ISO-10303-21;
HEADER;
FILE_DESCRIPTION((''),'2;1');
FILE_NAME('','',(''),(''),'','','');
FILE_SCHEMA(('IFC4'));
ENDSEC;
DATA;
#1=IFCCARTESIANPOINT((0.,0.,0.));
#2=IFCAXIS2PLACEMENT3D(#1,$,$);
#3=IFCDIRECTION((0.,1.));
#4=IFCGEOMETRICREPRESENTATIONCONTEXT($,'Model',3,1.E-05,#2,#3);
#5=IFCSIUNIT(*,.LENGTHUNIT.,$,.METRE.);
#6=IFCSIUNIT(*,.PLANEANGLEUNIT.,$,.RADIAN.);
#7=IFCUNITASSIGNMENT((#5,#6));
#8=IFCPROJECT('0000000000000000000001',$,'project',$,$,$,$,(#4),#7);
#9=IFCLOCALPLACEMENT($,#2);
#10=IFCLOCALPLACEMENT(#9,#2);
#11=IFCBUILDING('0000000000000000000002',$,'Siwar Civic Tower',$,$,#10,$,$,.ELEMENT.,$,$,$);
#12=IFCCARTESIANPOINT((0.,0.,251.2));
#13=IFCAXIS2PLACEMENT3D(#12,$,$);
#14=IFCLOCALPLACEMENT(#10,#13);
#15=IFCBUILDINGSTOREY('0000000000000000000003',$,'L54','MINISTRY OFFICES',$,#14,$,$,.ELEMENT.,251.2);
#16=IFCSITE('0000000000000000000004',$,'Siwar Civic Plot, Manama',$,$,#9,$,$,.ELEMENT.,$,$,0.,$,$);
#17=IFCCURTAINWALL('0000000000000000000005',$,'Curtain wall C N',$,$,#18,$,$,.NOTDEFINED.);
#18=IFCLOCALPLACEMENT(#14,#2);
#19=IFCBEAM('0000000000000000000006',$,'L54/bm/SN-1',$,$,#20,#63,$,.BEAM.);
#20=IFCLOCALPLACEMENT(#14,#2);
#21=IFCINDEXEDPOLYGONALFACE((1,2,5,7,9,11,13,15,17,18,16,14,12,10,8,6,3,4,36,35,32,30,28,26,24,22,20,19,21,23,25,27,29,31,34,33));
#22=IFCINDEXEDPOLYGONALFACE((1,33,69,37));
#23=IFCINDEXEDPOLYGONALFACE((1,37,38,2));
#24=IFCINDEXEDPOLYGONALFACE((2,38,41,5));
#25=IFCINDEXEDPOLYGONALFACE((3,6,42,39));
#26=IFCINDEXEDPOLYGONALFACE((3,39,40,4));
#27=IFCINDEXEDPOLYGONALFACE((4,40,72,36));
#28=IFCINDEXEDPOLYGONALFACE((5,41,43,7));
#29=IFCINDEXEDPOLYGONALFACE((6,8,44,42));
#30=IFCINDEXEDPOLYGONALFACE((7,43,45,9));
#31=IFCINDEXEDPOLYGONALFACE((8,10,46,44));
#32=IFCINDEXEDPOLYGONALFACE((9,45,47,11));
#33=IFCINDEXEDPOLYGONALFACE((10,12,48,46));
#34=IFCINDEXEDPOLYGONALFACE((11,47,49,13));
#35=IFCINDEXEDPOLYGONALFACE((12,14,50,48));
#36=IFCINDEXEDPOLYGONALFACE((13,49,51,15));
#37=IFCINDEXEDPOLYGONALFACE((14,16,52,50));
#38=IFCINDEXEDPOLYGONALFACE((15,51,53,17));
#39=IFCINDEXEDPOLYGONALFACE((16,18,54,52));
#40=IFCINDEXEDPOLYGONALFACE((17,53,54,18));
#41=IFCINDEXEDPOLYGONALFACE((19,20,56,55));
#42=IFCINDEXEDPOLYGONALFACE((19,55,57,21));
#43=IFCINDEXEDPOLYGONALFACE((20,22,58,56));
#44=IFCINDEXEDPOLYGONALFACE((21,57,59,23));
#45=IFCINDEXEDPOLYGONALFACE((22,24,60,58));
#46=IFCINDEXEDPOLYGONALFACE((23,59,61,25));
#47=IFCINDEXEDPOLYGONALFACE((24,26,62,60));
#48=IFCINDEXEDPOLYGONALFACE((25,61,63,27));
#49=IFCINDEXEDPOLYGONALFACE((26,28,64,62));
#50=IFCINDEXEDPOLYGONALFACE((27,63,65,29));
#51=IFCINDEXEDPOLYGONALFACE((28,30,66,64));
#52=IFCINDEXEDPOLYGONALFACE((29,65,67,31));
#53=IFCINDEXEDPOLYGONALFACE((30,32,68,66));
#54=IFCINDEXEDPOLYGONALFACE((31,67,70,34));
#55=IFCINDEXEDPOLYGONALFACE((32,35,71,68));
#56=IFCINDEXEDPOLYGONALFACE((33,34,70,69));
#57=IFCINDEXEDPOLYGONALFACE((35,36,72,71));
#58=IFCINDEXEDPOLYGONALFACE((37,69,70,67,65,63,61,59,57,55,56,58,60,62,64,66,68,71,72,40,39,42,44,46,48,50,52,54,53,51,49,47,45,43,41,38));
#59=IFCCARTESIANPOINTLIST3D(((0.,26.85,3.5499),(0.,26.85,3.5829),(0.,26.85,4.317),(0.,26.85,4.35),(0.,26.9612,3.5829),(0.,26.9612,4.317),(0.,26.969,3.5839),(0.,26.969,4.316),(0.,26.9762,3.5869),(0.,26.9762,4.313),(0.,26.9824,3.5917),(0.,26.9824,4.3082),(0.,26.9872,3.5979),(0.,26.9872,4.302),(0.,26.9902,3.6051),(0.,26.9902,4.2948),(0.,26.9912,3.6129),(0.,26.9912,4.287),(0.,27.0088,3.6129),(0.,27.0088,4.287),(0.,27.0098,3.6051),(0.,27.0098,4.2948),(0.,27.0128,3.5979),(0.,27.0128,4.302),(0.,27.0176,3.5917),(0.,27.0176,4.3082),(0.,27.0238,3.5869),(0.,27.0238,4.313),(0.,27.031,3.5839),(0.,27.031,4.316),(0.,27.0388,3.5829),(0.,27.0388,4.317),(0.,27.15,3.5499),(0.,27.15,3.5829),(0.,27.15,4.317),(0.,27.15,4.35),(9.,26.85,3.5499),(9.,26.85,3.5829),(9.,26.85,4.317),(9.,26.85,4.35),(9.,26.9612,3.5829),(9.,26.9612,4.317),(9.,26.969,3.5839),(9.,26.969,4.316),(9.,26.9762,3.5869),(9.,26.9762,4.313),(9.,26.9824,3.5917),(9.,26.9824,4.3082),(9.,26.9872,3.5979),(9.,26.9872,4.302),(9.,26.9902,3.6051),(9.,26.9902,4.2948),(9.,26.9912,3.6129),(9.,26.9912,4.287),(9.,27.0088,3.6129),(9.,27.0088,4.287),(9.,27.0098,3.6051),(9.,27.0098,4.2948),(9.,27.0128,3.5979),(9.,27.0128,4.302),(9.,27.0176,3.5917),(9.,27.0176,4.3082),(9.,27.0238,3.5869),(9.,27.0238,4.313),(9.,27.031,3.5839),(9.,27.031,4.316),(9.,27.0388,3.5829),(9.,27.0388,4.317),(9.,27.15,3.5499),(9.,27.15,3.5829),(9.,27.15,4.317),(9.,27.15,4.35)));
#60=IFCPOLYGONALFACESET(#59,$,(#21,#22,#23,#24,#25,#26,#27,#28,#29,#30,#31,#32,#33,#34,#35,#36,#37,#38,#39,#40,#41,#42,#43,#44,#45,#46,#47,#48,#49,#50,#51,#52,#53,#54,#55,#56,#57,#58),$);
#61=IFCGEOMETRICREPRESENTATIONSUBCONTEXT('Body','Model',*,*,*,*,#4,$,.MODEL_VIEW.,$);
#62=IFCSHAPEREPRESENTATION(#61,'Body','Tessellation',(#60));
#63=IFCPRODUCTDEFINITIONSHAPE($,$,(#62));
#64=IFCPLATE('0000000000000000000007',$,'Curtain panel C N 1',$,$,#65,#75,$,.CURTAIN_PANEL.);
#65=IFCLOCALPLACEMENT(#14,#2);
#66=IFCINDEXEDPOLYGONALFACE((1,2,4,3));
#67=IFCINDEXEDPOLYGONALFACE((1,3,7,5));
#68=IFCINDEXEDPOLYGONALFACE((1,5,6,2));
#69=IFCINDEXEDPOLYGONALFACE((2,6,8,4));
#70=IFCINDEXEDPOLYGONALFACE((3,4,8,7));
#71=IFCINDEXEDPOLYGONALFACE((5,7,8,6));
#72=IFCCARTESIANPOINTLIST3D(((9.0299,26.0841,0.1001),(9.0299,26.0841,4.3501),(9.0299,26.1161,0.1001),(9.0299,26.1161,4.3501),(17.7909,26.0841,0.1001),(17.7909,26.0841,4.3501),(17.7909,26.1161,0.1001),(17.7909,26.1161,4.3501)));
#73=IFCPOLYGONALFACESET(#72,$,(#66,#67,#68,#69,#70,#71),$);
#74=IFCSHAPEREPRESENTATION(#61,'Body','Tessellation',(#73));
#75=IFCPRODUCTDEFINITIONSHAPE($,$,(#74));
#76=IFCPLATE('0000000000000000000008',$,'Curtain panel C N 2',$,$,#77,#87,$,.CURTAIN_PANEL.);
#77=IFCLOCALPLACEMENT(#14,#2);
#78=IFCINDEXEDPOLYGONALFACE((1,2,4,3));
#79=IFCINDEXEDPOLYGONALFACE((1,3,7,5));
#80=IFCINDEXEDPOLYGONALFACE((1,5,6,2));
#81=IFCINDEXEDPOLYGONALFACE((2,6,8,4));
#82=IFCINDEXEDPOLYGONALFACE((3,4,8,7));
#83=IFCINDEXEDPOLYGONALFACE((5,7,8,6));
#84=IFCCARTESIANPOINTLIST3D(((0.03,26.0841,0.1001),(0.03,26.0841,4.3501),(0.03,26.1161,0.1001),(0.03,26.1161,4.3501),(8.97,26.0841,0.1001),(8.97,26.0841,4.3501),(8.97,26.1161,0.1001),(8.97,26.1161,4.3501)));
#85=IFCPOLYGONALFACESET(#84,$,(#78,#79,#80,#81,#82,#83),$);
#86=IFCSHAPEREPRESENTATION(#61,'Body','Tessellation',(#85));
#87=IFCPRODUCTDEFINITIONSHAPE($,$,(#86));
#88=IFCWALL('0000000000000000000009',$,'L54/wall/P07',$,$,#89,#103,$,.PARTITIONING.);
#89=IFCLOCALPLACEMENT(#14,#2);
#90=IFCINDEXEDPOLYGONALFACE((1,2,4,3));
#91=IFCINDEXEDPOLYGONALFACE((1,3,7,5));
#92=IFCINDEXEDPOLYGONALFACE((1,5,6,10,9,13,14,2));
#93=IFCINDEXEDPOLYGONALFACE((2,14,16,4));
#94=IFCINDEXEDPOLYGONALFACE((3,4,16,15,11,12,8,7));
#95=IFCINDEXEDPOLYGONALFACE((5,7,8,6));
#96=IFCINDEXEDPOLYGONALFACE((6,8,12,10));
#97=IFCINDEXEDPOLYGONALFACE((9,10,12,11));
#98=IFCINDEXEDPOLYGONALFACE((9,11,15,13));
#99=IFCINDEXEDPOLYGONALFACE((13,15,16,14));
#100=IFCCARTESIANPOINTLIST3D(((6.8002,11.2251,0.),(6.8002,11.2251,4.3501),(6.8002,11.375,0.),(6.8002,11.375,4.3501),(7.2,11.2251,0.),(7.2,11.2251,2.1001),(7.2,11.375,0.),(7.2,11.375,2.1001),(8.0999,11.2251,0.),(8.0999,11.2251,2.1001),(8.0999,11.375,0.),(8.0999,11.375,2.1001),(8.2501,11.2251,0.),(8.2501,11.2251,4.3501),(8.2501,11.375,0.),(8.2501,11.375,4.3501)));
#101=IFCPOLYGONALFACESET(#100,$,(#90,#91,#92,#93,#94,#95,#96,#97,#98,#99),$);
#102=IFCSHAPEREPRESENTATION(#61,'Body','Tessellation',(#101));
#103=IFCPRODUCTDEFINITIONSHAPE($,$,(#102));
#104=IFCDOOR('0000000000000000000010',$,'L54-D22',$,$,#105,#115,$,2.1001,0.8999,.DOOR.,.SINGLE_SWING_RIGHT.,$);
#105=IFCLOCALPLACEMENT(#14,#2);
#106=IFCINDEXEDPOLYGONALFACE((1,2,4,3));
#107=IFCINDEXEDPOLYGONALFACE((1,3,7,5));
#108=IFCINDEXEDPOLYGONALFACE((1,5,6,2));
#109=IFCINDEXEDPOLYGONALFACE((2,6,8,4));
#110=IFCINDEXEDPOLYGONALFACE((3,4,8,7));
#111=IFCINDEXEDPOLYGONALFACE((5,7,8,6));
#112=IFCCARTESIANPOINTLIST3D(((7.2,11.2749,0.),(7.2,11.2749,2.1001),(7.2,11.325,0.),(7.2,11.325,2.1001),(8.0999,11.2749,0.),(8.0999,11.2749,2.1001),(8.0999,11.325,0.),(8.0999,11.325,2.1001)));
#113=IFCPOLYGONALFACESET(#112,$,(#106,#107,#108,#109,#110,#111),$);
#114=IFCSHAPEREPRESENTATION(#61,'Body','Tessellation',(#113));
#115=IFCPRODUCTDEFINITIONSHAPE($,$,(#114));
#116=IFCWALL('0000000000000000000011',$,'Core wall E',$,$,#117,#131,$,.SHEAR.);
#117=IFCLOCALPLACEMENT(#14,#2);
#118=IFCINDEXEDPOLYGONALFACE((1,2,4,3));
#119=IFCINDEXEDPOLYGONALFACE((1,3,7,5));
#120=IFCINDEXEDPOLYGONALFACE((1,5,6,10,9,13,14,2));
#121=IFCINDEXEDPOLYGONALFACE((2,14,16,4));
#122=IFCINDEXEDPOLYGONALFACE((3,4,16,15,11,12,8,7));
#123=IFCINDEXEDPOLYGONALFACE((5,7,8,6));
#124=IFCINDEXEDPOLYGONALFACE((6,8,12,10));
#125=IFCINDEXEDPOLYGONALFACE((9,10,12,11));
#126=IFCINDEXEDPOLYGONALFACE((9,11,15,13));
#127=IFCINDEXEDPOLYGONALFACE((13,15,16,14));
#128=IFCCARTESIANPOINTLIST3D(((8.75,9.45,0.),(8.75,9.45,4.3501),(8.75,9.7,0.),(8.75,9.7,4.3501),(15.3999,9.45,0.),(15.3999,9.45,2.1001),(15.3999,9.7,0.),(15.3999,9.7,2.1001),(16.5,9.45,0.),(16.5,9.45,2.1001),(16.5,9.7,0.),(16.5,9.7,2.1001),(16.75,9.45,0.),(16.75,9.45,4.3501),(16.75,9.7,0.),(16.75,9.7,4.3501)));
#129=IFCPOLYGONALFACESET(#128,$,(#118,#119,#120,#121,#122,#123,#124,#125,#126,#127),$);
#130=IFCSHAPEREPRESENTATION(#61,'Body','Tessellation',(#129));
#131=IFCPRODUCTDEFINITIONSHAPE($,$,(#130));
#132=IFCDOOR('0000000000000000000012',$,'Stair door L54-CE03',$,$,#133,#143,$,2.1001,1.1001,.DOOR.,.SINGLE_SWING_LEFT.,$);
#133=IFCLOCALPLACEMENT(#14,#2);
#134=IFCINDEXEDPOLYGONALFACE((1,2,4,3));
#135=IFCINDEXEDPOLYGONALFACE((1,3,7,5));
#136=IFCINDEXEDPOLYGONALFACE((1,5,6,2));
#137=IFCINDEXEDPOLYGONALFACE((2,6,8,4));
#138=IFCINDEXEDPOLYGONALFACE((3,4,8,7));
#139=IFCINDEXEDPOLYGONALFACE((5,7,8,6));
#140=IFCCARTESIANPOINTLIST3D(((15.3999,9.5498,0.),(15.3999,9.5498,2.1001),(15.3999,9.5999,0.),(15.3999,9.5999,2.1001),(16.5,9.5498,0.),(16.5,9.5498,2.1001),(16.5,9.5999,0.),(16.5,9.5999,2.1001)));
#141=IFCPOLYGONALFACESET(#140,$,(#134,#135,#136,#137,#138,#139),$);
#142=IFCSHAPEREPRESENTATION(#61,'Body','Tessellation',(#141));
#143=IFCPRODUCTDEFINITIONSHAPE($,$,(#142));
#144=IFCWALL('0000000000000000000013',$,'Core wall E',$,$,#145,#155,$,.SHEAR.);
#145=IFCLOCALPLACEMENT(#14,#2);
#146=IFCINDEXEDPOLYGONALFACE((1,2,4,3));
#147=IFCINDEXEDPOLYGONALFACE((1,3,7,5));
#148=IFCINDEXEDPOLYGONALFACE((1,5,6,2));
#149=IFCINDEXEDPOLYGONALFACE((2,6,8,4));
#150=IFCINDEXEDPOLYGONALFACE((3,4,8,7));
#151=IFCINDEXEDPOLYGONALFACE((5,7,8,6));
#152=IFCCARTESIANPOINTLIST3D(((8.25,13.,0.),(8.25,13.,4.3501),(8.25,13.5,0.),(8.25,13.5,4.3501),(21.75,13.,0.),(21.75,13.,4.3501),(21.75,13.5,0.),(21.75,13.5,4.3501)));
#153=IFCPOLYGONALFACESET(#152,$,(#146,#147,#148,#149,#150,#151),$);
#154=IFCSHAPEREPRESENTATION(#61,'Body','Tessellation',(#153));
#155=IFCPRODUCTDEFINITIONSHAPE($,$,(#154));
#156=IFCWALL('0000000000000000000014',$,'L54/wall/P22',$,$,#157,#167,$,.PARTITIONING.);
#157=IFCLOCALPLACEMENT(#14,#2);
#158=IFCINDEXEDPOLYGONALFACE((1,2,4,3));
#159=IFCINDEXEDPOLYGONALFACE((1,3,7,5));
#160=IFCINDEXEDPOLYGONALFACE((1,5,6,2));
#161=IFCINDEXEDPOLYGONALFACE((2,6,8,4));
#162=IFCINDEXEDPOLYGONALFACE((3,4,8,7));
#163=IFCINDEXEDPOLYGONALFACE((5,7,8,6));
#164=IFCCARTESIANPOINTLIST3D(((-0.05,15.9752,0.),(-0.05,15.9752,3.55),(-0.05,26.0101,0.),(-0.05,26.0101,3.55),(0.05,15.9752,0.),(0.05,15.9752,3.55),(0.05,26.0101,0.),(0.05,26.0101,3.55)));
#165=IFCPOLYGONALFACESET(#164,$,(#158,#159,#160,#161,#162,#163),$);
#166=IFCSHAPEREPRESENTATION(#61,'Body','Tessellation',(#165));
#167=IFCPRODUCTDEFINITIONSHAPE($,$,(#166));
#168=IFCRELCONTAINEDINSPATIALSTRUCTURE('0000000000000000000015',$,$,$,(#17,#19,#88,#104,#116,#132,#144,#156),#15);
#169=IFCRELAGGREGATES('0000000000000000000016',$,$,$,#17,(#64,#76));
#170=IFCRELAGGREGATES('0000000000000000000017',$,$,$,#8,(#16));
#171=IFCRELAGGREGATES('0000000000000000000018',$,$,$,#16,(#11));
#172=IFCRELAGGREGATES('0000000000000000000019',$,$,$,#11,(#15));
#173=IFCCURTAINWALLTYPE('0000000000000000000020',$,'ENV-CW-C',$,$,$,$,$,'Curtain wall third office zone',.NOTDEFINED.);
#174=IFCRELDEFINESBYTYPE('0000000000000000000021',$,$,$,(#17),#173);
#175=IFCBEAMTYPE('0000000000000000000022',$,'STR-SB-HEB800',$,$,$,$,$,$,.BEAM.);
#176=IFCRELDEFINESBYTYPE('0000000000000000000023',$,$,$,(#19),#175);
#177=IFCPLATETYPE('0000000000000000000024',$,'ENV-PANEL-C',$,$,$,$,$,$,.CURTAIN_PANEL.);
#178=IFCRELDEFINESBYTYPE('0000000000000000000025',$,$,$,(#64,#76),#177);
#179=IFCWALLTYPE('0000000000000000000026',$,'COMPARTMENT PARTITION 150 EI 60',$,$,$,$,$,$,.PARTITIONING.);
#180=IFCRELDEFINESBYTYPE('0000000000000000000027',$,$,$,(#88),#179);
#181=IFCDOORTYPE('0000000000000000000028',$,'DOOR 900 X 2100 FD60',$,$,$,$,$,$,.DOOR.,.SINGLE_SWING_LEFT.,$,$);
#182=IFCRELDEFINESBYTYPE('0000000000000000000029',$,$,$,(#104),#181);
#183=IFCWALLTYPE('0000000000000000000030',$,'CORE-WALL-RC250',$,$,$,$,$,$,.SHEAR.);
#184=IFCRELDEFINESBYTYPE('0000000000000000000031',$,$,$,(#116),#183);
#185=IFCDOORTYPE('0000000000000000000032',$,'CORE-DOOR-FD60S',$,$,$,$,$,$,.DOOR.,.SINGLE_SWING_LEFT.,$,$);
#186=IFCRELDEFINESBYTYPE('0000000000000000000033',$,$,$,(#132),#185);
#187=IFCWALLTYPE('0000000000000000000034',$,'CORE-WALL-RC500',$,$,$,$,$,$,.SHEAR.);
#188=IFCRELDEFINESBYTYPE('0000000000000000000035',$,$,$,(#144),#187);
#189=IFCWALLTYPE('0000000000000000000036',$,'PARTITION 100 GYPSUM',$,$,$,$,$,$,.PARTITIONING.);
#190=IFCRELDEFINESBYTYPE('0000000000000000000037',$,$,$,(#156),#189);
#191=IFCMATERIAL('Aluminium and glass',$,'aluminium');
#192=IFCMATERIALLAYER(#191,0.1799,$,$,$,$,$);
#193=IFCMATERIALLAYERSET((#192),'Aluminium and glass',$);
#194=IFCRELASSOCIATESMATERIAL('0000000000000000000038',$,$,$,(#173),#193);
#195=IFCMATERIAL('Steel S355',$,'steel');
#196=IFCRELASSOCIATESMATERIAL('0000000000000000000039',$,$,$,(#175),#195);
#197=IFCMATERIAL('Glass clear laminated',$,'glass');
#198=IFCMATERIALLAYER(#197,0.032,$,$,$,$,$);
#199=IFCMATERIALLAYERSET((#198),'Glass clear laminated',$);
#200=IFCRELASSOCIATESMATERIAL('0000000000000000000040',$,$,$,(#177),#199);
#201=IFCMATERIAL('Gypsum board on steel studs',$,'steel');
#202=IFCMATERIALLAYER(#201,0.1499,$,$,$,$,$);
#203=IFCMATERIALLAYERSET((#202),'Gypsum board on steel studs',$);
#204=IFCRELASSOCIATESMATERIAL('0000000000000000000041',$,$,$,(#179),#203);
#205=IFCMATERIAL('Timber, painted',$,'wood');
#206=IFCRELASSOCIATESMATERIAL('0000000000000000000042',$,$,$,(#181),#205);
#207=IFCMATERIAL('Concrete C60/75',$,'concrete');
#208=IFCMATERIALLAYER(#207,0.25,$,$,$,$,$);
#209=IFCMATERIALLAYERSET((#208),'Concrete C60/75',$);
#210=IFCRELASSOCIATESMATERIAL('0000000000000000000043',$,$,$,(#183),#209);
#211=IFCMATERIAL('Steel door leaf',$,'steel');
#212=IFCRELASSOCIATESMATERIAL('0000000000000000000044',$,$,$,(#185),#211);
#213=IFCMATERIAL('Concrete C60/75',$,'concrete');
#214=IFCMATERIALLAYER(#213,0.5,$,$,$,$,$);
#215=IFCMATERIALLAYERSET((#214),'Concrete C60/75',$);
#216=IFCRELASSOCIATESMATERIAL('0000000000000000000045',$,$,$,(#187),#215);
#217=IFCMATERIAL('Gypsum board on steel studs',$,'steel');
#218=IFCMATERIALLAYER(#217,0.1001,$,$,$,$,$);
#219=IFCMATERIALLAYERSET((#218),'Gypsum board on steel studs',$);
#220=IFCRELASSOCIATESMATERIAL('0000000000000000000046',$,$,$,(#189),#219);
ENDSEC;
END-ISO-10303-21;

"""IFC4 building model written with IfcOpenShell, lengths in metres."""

from ifc_helpers import new_model, si_unit, direction, frame, frame_2d, origin, origin_2d, place, context, subcontext, project, spatial, rectangle, i_section, extrude, material, layer, layer_set, material_profile, profile_set, type_object, element, fill, aggregate, save


model = new_model("IFC4")

# Units and contexts
model_context = context("Model", 3, precision=1e-05, world=origin(), true_north=direction((0.0, 1.0)))
body_context = subcontext(model_context, "Body", "Model", "MODEL_VIEW")
ifc_project = project(units=[si_unit("LENGTHUNIT", "METRE"), si_unit("PLANEANGLEUNIT", "RADIAN")], contexts=[model_context])

# Site, building, storey
site_placement = place(None, origin())
site = spatial("IfcSite", under=ifc_project, at=site_placement, Name="Siwar Civic Plot, Manama", CompositionType="ELEMENT", RefElevation=0.0)
building_placement = place(site_placement, origin())
building = spatial("IfcBuilding", under=site, at=building_placement, Name="Siwar Civic Tower", CompositionType="ELEMENT")
storey_placement = place(building_placement, frame((0.0, 0.0, 251.2)))
storey = spatial("IfcBuildingStorey", under=building, at=storey_placement, Name="L54", Description="MINISTRY OFFICES", CompositionType="ELEMENT", Elevation=251.2)

# Curtain wall
ifc_material_1 = material(Name="Aluminium and glass", Category="aluminium")
ifc_layer_1 = layer(ifc_material_1, 0.1799)
ifc_layer_set_1 = layer_set([ifc_layer_1], Name="Aluminium and glass")
curtain_wall_type = type_object("IfcCurtainWallType", Name="ENV-CW-C", ElementType="Curtain wall third office zone", PredefinedType="NOTDEFINED", material=ifc_layer_set_1)
curtain_wall_placement = place(storey_placement, origin())
curtain_wall = element("IfcCurtainWall", 1, at=curtain_wall_placement, inside=storey, type_object=curtain_wall_type, Name="Curtain wall C N", PredefinedType="NOTDEFINED")

# Beam
ifc_material_2 = material(Name="Steel S355", Category="steel")
ifc_material_profile_1 = material_profile(ifc_material_2, i_section(OverallWidth=0.3, OverallDepth=0.8, WebThickness=0.0176, FlangeThickness=0.033, FilletRadius=0.03, at=origin_2d()), Name="HEB800")
ifc_profile_set_1 = profile_set([ifc_material_profile_1], Name="Steel S355")
beam_type_1 = type_object("IfcBeamType", Name="STR-SB-HEB800", PredefinedType="BEAM", material=ifc_profile_set_1)
beam_1_placement = place(storey_placement, frame((9.0, 27.0, 3.95), z_axis=(-1.0, 0.0, 0.0), x_axis=(0.0, -1.0, 0.0)))
element("IfcBeam", 2, at=beam_1_placement, inside=storey, type_object=beam_type_1, Name="L54/bm/SN-1", PredefinedType="BEAM", context=body_context, shape_type="SweptSolid", body=[
    extrude(i_section(OverallWidth=0.3, OverallDepth=0.8, WebThickness=0.0176, FlangeThickness=0.033, FilletRadius=0.03, at=origin_2d()), origin(), (0.0, 0.0, 1.0), 9.0),
])

# Plates
ifc_material_3 = material(Name="Glass clear laminated", Category="glass")
ifc_layer_2 = layer(ifc_material_3, 0.032)
ifc_layer_set_2 = layer_set([ifc_layer_2], Name="Glass clear laminated")
plate_type = type_object("IfcPlateType", Name="ENV-PANEL-C", PredefinedType="CURTAIN_PANEL", material=ifc_layer_set_2)
plate_1_placement = place(storey_placement, frame((13.4104, 26.1001, 0.1001), z_axis=(0.0, 0.0, 1.0), x_axis=(-1.0, 0.0, 0.0)))
plate_1 = element("IfcPlate", 3, at=plate_1_placement, type_object=plate_type, Name="Curtain panel C N 1", PredefinedType="CURTAIN_PANEL", context=body_context, shape_type="SweptSolid", body=[
    extrude(rectangle(XDim=8.761, YDim=0.032, at=origin_2d()), origin(), (0.0, 0.0, 1.0), 4.25),
])
plate_2_placement = place(storey_placement, frame((4.5, 26.1001, 0.1001), z_axis=(0.0, 0.0, 1.0), x_axis=(-1.0, 0.0, 0.0)))
plate_2 = element("IfcPlate", 4, at=plate_2_placement, type_object=plate_type, Name="Curtain panel C N 2", PredefinedType="CURTAIN_PANEL", context=body_context, shape_type="SweptSolid", body=[
    extrude(rectangle(XDim=8.9399, YDim=0.032, at=origin_2d()), origin(), (0.0, 0.0, 1.0), 4.25),
])
aggregate(curtain_wall, [plate_1, plate_2])

# Walls, openings, doors
ifc_material_4 = material(Name="Gypsum board on steel studs", Category="steel")
ifc_layer_3 = layer(ifc_material_4, 0.1499)
ifc_layer_set_3 = layer_set([ifc_layer_3], Name="Gypsum board on steel studs")
wall_type_1 = type_object("IfcWallType", Name="COMPARTMENT PARTITION 150 EI 60", PredefinedType="PARTITIONING", material=ifc_layer_set_3)
wall_1_placement = place(storey_placement, frame((6.8, 11.3, 0.0), z_axis=(0.0, 0.0, 1.0), x_axis=(1.0, 0.0, 0.0)))
wall_1 = element("IfcWall", 5, at=wall_1_placement, inside=storey, type_object=wall_type_1, Name="L54/wall/P07", PredefinedType="PARTITIONING", context=body_context, shape_type="SweptSolid", body=[
    extrude(rectangle(XDim=1.45, YDim=0.1499, at=frame_2d((0.7251, 0.0))), origin(), (0.0, 0.0, 1.0), 4.3501),
])
opening_1_placement = place(wall_1_placement, frame((0.3999, 0.0, 0.0)))
opening_1 = element("IfcOpeningElement", 6, at=opening_1_placement, cuts=wall_1, PredefinedType="OPENING", context=body_context, shape_type="SweptSolid", body=[
    extrude(rectangle(XDim=0.8999, YDim=2.1001, at=frame_2d((0.45, 1.05))), frame((0.0, 0.085, 0.0), z_axis=(0.0, -1.0, 0.0), x_axis=(1.0, 0.0, 0.0)), (0.0, 0.0, 1.0), 0.1699),
])
ifc_material_5 = material(Name="Timber, painted", Category="wood")
door_type_1 = type_object("IfcDoorType", Name="DOOR 900 X 2100 FD60", OperationType="SINGLE_SWING_LEFT", PredefinedType="DOOR", material=ifc_material_5)
door_1_placement = place(opening_1_placement, origin())
door_1 = element("IfcDoor", 7, at=door_1_placement, inside=storey, type_object=door_type_1, Name="L54-D22", OperationType="SINGLE_SWING_RIGHT", OverallHeight=2.1001, OverallWidth=0.8999, PredefinedType="DOOR", context=body_context, shape_type="SweptSolid", body=[
    extrude(rectangle(XDim=0.8999, YDim=2.1001, at=frame_2d((0.45, 1.05))), frame((0.0, 0.0249, 0.0), z_axis=(0.0, -1.0, 0.0), x_axis=(1.0, 0.0, 0.0)), (0.0, 0.0, 1.0), 0.05),
])
fill(opening_1, door_1)
ifc_material_6 = material(Name="Concrete C60/75", Category="concrete")
ifc_layer_4 = layer(ifc_material_6, 0.25)
ifc_layer_set_4 = layer_set([ifc_layer_4], Name="Concrete C60/75")
wall_type_2 = type_object("IfcWallType", Name="CORE-WALL-RC250", PredefinedType="SHEAR", material=ifc_layer_set_4)
wall_2_placement = place(storey_placement, frame((8.75, 9.575, 0.0), z_axis=(0.0, 0.0, 1.0), x_axis=(1.0, 0.0, 0.0)))
wall_2 = element("IfcWall", 8, at=wall_2_placement, inside=storey, type_object=wall_type_2, Name="Core wall E", PredefinedType="SHEAR", context=body_context, shape_type="SweptSolid", body=[
    extrude(rectangle(XDim=8.0, YDim=0.25, at=frame_2d((4.0, 0.0))), origin(), (0.0, 0.0, 1.0), 4.3501),
])
opening_2_placement = place(wall_2_placement, frame((6.6499, 0.0, 0.0)))
opening_2 = element("IfcOpeningElement", 9, at=opening_2_placement, cuts=wall_2, PredefinedType="OPENING", context=body_context, shape_type="SweptSolid", body=[
    extrude(rectangle(XDim=1.1001, YDim=2.1001, at=frame_2d((0.55, 1.05))), frame((0.0, 0.135, 0.0), z_axis=(0.0, -1.0, 0.0), x_axis=(1.0, 0.0, 0.0)), (0.0, 0.0, 1.0), 0.27),
])
ifc_material_7 = material(Name="Steel door leaf", Category="steel")
door_type_2 = type_object("IfcDoorType", Name="CORE-DOOR-FD60S", OperationType="SINGLE_SWING_LEFT", PredefinedType="DOOR", material=ifc_material_7)
door_2_placement = place(opening_2_placement, origin())
door_2 = element("IfcDoor", 10, at=door_2_placement, inside=storey, type_object=door_type_2, Name="Stair door L54-CE03", OperationType="SINGLE_SWING_LEFT", OverallHeight=2.1001, OverallWidth=1.1001, PredefinedType="DOOR", context=body_context, shape_type="SweptSolid", body=[
    extrude(rectangle(XDim=1.1001, YDim=2.1001, at=frame_2d((0.55, 1.05))), frame((0.0, 0.0249, 0.0), z_axis=(0.0, -1.0, 0.0), x_axis=(1.0, 0.0, 0.0)), (0.0, 0.0, 1.0), 0.05),
])
fill(opening_2, door_2)

# Walls
ifc_material_8 = material(Name="Concrete C60/75", Category="concrete")
ifc_layer_5 = layer(ifc_material_8, 0.5)
ifc_layer_set_5 = layer_set([ifc_layer_5], Name="Concrete C60/75")
wall_type_3 = type_object("IfcWallType", Name="CORE-WALL-RC500", PredefinedType="SHEAR", material=ifc_layer_set_5)
wall_3_placement = place(storey_placement, frame((8.25, 13.25, 0.0), z_axis=(0.0, 0.0, 1.0), x_axis=(1.0, 0.0, 0.0)))
element("IfcWall", 11, at=wall_3_placement, inside=storey, type_object=wall_type_3, Name="Core wall E", PredefinedType="SHEAR", context=body_context, shape_type="SweptSolid", body=[
    extrude(rectangle(XDim=13.5, YDim=0.5, at=frame_2d((6.75, 0.0))), origin(), (0.0, 0.0, 1.0), 4.3501),
])
ifc_material_9 = material(Name="Gypsum board on steel studs", Category="steel")
ifc_layer_6 = layer(ifc_material_9, 0.1001)
ifc_layer_set_6 = layer_set([ifc_layer_6], Name="Gypsum board on steel studs")
wall_type_4 = type_object("IfcWallType", Name="PARTITION 100 GYPSUM", PredefinedType="PARTITIONING", material=ifc_layer_set_6)
wall_4_placement = place(storey_placement, frame((0.0, 15.9751, 0.0), z_axis=(0.0, 0.0, 1.0), x_axis=(0.0, 1.0, 0.0)))
element("IfcWall", 12, at=wall_4_placement, inside=storey, type_object=wall_type_4, Name="L54/wall/P22", PredefinedType="PARTITIONING", context=body_context, shape_type="SweptSolid", body=[
    extrude(rectangle(XDim=10.0349, YDim=0.1001, at=frame_2d((5.0176, 0.0))), origin(), (0.0, 0.0, 1.0), 3.55),
])

save(model, "model.ifc")
